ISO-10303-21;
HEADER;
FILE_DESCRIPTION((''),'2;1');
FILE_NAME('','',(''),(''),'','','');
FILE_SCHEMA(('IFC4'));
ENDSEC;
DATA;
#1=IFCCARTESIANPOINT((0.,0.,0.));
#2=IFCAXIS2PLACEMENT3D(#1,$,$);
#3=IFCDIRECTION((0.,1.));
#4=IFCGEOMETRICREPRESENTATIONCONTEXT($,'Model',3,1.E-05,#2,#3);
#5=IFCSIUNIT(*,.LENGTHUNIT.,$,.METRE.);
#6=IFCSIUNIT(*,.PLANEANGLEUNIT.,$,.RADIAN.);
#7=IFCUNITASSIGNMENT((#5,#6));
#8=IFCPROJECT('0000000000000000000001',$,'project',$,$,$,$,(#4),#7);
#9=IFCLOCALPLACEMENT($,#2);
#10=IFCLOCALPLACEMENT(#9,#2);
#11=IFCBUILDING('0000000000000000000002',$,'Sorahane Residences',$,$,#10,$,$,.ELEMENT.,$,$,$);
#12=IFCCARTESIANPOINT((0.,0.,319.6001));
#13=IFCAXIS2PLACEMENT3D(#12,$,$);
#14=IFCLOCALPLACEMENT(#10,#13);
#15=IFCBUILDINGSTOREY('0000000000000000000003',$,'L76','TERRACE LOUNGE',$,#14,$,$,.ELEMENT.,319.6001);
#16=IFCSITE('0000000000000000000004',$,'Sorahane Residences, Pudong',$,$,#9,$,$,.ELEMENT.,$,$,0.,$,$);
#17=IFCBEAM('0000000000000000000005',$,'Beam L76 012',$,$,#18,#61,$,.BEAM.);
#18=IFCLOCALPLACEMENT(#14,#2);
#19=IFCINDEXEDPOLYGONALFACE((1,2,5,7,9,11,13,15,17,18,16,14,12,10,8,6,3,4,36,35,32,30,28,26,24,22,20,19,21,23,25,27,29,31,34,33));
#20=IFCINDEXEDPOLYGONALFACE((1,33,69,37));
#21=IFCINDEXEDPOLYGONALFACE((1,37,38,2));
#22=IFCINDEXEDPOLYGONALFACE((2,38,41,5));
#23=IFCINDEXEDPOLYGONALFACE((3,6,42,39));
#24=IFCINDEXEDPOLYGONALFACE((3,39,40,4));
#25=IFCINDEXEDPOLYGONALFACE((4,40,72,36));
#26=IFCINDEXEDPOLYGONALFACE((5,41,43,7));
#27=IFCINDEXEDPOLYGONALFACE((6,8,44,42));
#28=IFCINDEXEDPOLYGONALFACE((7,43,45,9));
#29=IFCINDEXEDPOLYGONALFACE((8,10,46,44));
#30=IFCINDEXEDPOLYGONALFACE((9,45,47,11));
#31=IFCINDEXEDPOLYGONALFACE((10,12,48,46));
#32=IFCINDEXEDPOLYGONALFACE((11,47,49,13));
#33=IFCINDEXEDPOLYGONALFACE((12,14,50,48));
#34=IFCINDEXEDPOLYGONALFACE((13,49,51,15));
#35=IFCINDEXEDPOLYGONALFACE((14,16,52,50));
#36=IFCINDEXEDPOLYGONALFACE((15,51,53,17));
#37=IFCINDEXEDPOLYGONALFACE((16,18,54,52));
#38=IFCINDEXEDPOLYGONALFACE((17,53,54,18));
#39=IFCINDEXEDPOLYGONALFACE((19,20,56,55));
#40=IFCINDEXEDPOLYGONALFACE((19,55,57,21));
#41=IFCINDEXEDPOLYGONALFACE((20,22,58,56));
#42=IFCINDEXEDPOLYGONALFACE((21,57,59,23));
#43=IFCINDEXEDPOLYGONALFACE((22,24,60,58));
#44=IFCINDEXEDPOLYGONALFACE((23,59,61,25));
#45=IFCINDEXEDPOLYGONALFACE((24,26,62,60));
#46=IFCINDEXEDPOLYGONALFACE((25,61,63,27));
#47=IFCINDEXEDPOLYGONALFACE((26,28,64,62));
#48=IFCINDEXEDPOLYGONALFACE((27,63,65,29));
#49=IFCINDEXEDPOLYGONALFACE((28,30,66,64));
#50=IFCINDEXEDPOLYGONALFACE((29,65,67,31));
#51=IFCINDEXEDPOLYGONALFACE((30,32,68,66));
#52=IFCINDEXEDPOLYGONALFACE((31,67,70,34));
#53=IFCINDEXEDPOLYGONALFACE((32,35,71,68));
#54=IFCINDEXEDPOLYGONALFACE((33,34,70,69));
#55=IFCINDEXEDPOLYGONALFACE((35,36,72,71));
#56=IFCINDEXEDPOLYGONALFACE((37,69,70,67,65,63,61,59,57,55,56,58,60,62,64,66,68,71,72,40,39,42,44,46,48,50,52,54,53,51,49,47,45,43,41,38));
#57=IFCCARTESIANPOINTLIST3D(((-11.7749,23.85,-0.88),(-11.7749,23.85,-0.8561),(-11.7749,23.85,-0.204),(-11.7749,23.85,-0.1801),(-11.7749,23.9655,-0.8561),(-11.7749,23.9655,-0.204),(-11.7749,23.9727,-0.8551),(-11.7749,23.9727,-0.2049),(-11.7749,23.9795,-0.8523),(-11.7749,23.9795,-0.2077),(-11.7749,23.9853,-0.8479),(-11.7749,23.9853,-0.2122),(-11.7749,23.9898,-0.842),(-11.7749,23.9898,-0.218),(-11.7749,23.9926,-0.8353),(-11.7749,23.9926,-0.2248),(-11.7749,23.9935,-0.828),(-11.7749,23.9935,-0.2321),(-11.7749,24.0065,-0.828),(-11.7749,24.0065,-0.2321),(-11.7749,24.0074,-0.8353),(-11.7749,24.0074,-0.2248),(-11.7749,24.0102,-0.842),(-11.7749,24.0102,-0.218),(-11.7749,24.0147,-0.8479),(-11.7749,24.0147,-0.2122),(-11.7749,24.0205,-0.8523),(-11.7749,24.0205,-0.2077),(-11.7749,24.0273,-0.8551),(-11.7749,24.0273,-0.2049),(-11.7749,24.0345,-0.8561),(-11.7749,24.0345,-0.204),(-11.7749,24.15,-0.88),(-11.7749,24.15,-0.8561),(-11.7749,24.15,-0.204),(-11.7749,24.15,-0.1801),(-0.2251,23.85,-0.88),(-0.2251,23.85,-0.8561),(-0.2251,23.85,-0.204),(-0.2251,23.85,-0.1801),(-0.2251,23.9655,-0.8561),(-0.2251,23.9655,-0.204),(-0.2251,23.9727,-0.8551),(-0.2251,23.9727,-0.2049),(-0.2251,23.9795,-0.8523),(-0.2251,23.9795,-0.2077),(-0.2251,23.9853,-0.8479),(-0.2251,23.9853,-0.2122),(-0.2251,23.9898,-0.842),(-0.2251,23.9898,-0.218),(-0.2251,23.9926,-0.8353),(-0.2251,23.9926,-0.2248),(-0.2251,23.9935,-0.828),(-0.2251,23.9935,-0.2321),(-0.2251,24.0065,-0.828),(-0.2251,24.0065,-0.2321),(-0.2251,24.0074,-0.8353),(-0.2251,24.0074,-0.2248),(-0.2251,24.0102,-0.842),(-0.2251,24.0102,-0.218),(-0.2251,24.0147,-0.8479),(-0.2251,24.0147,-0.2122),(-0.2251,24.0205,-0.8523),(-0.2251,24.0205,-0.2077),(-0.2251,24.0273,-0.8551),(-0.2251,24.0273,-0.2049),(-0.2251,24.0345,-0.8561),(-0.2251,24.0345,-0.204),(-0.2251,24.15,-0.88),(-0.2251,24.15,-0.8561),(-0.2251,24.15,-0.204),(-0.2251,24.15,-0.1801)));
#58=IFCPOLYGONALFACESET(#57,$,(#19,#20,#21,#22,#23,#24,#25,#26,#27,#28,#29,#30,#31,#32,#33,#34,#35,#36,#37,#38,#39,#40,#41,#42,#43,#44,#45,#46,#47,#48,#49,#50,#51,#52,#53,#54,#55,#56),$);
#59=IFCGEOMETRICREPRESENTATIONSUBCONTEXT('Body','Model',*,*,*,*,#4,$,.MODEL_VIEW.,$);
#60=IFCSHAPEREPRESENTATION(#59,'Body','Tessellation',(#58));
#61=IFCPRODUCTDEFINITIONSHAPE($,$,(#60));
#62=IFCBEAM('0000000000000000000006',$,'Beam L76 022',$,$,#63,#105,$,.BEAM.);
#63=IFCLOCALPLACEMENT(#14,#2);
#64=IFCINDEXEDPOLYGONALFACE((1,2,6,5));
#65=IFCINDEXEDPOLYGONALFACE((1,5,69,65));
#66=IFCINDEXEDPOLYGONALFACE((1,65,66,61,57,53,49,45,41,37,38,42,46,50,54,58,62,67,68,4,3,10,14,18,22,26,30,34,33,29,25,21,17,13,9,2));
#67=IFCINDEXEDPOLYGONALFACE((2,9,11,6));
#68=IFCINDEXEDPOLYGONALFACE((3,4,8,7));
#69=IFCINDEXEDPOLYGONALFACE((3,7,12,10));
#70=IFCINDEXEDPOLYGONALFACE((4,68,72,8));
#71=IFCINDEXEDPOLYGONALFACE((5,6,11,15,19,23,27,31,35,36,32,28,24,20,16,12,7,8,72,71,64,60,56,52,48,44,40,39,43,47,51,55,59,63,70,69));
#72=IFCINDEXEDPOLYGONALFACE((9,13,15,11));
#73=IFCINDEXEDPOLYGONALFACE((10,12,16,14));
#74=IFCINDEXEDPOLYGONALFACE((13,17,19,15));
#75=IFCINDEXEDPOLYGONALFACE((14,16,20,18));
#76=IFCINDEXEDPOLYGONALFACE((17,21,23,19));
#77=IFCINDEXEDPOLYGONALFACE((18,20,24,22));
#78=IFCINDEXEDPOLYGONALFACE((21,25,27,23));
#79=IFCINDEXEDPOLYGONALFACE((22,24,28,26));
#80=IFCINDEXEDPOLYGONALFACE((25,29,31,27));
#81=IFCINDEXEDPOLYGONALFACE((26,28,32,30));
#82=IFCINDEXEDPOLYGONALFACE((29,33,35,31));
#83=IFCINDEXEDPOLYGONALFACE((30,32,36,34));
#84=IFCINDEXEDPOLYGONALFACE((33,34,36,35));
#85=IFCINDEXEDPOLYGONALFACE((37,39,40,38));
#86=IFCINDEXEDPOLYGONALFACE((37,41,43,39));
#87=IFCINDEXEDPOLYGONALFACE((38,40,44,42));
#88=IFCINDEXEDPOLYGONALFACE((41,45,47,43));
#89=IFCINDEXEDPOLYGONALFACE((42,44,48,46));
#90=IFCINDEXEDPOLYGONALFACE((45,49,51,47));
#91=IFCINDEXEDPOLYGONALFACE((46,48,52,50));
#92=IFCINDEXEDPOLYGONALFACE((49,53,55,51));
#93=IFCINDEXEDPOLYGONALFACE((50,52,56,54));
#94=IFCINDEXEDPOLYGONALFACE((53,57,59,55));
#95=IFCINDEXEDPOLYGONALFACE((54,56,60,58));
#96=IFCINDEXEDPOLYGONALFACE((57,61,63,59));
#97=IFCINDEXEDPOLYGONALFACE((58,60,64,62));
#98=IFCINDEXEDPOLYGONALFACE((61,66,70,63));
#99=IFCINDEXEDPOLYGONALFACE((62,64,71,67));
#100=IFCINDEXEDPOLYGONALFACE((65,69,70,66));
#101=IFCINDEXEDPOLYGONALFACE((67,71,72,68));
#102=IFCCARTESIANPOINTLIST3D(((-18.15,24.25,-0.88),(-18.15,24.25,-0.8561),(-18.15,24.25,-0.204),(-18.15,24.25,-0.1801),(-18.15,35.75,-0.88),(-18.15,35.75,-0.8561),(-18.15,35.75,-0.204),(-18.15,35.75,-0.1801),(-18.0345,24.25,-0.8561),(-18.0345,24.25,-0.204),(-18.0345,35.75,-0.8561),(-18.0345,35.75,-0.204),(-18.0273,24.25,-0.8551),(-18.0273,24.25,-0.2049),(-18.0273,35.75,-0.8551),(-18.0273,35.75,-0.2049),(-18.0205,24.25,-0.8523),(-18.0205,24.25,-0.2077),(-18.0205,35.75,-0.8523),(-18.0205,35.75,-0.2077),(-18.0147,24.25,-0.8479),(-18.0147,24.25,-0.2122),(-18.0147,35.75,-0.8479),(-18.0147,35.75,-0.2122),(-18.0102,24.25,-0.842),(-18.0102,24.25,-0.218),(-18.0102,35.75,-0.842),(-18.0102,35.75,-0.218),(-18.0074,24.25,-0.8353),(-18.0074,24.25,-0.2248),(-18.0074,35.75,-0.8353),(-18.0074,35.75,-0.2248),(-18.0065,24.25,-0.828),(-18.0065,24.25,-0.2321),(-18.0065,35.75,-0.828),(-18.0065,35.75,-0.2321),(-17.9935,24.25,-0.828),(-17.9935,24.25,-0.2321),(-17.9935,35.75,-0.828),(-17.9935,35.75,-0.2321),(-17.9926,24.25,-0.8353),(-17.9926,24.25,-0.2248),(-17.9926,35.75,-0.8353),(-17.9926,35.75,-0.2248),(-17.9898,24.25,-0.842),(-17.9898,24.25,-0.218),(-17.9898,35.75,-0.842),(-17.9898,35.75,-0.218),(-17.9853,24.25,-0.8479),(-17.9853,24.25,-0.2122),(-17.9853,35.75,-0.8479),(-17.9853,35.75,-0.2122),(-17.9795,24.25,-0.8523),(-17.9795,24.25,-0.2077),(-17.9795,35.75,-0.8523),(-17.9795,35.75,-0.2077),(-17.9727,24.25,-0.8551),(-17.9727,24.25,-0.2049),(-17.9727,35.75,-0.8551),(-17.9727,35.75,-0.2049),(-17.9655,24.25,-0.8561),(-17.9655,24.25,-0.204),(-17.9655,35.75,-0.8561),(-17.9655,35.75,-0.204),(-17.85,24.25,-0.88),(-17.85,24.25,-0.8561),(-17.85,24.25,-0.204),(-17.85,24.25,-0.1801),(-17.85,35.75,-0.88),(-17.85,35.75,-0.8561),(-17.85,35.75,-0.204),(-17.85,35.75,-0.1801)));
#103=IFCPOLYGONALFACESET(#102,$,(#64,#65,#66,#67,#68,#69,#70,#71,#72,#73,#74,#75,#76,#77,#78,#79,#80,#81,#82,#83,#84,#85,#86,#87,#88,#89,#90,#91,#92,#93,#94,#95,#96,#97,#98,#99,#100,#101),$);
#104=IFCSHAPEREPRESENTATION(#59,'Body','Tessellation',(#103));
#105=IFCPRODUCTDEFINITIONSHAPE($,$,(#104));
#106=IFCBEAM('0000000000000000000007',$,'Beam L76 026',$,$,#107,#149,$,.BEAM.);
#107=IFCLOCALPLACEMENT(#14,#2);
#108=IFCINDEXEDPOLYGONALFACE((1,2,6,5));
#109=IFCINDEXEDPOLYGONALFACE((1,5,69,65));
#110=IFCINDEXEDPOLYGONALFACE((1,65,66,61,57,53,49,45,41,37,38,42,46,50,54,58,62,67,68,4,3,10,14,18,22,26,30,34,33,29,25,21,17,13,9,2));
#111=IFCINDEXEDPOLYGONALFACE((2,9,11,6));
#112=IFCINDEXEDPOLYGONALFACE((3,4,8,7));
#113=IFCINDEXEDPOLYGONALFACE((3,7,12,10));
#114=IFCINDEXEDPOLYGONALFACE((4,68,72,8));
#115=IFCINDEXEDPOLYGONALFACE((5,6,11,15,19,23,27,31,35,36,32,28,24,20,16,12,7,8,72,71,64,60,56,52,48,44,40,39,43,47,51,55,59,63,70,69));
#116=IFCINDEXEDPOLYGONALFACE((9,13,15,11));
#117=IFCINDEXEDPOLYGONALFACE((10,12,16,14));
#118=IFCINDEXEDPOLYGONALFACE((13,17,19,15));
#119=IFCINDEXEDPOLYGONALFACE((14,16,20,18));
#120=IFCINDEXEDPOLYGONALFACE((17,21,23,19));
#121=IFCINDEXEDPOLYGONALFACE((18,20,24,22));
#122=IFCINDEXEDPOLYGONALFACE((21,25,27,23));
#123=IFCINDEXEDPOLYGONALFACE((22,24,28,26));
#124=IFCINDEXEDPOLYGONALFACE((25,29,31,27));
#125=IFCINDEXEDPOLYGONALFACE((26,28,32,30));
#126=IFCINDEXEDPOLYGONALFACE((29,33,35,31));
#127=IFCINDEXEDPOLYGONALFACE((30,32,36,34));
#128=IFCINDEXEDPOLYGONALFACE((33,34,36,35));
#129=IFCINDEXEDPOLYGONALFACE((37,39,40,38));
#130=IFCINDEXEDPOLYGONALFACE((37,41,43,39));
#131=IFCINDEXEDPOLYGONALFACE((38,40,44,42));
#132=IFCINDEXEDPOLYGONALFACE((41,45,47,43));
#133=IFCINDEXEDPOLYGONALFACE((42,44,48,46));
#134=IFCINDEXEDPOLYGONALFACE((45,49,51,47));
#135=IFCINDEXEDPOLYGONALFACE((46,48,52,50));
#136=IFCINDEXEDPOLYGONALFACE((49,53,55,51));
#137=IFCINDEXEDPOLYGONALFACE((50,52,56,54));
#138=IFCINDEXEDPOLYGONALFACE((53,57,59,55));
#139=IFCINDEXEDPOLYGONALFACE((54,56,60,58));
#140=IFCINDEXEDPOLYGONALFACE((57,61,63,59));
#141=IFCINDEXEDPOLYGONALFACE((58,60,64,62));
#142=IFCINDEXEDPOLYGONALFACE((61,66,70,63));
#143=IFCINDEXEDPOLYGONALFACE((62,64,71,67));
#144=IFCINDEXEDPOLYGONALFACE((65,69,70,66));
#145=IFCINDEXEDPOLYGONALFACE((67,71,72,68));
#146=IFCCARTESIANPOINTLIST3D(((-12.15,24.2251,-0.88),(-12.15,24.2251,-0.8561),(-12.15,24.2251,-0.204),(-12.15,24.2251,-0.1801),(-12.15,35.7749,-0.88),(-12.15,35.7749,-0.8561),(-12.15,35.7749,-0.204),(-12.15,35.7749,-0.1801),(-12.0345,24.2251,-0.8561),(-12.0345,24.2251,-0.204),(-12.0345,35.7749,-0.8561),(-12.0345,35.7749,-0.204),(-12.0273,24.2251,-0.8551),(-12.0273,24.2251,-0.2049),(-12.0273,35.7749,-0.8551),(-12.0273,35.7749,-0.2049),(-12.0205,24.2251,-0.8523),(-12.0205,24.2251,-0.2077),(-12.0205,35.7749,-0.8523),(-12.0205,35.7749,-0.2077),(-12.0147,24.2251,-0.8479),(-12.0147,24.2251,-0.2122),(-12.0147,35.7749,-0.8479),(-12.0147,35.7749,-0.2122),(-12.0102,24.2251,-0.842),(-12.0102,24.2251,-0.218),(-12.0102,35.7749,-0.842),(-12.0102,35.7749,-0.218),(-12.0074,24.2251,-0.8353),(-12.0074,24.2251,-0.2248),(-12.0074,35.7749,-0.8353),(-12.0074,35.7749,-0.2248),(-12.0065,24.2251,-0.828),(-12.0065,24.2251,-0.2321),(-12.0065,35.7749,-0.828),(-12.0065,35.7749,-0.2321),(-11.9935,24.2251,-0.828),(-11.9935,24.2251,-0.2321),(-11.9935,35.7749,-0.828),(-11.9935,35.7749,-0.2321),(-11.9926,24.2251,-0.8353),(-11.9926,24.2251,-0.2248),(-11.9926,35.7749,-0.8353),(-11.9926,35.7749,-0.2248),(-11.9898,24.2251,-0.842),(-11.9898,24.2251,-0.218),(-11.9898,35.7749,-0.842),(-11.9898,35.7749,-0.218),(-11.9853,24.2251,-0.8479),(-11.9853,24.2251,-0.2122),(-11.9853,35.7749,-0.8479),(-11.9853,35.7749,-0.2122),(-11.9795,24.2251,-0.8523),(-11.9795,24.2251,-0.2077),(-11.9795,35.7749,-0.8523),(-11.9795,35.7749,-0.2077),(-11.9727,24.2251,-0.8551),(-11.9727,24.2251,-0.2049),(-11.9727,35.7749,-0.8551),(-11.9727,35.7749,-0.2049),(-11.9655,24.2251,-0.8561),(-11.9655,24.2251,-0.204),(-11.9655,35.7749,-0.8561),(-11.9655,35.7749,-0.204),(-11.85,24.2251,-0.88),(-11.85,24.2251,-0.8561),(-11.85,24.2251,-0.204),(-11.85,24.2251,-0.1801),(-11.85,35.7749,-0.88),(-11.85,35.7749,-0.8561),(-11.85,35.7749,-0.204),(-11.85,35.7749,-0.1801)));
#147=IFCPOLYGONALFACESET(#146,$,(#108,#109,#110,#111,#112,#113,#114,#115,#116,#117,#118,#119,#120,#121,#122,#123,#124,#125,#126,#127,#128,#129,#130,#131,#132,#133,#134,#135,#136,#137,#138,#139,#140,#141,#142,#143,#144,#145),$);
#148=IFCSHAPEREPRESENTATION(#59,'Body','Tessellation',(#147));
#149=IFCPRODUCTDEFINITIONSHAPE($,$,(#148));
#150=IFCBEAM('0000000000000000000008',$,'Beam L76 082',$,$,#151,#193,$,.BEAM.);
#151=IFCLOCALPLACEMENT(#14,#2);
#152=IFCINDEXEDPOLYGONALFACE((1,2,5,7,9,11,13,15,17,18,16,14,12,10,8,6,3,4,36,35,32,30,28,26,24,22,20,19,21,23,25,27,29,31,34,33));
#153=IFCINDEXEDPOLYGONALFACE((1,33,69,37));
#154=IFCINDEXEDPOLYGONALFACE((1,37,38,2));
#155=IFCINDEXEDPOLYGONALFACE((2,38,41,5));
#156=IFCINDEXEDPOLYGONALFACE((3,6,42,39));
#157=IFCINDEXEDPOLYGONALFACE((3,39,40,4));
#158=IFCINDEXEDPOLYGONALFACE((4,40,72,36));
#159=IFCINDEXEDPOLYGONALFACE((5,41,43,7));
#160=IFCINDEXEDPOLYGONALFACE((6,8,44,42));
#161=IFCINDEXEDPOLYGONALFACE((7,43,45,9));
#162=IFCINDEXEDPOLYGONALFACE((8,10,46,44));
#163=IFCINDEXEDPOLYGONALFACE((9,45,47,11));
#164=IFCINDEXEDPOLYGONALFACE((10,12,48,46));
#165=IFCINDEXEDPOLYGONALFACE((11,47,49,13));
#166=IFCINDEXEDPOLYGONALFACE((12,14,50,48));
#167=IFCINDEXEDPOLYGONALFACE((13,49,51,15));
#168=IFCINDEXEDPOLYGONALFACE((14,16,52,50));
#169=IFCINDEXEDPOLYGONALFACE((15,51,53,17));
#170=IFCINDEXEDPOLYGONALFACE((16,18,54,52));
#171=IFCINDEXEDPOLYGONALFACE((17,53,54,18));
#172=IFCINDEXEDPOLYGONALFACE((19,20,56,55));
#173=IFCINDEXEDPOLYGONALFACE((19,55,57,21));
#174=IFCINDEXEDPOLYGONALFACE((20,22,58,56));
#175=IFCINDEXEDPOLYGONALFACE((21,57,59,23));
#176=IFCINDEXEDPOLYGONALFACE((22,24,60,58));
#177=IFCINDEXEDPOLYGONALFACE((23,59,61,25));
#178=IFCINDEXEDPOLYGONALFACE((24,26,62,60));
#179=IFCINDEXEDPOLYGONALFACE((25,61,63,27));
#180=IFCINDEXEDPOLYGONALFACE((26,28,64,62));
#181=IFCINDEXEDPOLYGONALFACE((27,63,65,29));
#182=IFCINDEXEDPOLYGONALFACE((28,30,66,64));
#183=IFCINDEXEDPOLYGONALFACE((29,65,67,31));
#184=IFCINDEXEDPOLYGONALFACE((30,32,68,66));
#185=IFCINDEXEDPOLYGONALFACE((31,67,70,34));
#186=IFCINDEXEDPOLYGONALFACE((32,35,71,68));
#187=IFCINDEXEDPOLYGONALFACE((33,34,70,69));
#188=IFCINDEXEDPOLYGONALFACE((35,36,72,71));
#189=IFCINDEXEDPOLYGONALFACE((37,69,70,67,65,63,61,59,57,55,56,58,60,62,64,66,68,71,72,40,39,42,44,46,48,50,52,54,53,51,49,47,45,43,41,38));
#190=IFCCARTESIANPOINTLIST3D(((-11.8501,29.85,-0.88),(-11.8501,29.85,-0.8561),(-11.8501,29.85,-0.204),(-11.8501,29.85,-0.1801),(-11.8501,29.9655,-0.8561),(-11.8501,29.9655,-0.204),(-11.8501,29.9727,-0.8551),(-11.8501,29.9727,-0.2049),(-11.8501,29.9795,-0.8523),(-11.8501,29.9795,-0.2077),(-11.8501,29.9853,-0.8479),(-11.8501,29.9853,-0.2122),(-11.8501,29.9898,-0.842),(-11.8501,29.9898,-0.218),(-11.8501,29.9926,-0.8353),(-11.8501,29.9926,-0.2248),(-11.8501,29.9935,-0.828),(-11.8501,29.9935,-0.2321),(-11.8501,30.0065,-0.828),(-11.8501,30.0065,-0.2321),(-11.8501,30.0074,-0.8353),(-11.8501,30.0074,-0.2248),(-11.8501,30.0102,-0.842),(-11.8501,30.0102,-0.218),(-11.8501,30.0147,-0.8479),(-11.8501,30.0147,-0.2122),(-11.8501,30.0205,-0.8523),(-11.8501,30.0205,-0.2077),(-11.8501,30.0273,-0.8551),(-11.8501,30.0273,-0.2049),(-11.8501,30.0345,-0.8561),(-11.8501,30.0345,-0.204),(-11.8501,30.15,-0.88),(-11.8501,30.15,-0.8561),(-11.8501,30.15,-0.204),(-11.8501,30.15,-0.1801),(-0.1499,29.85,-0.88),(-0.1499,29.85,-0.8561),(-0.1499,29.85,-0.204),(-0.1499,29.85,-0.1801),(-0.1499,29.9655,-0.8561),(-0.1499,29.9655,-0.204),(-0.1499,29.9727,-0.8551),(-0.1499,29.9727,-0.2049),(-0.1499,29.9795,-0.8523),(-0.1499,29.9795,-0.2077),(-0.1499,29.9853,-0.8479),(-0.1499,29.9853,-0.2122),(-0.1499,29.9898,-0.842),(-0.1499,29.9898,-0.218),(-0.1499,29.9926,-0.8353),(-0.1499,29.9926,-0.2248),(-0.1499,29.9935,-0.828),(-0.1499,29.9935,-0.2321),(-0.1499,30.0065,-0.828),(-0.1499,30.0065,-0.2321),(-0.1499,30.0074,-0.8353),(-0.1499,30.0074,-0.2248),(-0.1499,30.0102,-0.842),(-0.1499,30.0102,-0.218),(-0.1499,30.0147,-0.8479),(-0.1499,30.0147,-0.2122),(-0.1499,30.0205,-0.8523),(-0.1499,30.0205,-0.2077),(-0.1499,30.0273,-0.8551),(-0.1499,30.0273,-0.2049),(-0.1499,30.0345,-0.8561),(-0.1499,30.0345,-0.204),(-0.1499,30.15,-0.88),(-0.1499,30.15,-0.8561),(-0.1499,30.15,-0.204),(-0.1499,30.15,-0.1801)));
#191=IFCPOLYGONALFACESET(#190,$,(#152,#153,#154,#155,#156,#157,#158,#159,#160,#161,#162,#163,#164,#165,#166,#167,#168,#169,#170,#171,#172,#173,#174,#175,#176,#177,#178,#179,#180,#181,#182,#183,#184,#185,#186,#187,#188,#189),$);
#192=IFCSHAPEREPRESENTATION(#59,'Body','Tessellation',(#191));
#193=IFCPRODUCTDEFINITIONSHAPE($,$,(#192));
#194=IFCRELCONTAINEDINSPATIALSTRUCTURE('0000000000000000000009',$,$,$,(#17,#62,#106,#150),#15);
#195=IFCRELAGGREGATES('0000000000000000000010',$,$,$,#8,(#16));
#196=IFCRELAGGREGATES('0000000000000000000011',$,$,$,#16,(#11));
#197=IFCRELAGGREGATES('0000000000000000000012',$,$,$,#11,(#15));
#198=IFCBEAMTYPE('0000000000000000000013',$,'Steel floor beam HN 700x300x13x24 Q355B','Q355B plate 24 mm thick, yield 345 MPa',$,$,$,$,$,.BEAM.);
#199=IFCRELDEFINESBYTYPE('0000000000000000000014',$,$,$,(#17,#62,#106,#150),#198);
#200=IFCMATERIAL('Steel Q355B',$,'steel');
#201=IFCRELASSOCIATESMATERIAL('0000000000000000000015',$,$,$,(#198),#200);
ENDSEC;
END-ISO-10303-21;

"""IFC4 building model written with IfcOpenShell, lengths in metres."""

from ifc_helpers import new_model, si_unit, direction, frame, origin, origin_2d, place, context, subcontext, project, spatial, i_section, extrude, material, material_profile, profile_set, type_object, element, save


model = new_model("IFC4")

# Units and contexts
model_context = context("Model", 3, precision=1e-05, world=origin(), true_north=direction((0.0, 1.0)))
body_context = subcontext(model_context, "Body", "Model", "MODEL_VIEW")
ifc_project = project(units=[si_unit("LENGTHUNIT", "METRE"), si_unit("PLANEANGLEUNIT", "RADIAN")], contexts=[model_context])

# Site, building, storey
site_placement = place(None, origin())
site = spatial("IfcSite", under=ifc_project, at=site_placement, Name="Sorahane Residences, Pudong", CompositionType="ELEMENT", RefElevation=0.0)
building_placement = place(site_placement, origin())
building = spatial("IfcBuilding", under=site, at=building_placement, Name="Sorahane Residences", CompositionType="ELEMENT")
storey_placement = place(building_placement, frame((0.0, 0.0, 319.6001)))
storey = spatial("IfcBuildingStorey", under=building, at=storey_placement, Name="L76", Description="TERRACE LOUNGE", CompositionType="ELEMENT", Elevation=319.6001)

# Beams
ifc_material_1 = material(Name="Steel Q355B", Category="steel")
ifc_material_profile_1 = material_profile(ifc_material_1, i_section(OverallWidth=0.3, OverallDepth=0.7, WebThickness=0.0129, FlangeThickness=0.0239, FilletRadius=0.0281, at=origin_2d()), Name="HN 700x300x13x24")
ifc_profile_set_1 = profile_set([ifc_material_profile_1], Name="Steel Q355B")
beam_type_1 = type_object("IfcBeamType", Name="Steel floor beam HN 700x300x13x24 Q355B", Description="Q355B plate 24 mm thick, yield 345 MPa", PredefinedType="BEAM", material=ifc_profile_set_1)
beam_1_placement = place(storey_placement, frame((-11.7749, 24.0, -0.53), z_axis=(1.0, 0.0, 0.0), x_axis=(0.0, 1.0, 0.0)))
element("IfcBeam", 1, at=beam_1_placement, inside=storey, type_object=beam_type_1, Name="Beam L76 012", PredefinedType="BEAM", context=body_context, shape_type="SweptSolid", body=[
    extrude(i_section(OverallWidth=0.3, OverallDepth=0.7, WebThickness=0.0129, FlangeThickness=0.0239, FilletRadius=0.0281, at=origin_2d()), origin(), (0.0, 0.0, 1.0), 11.5498),
])
beam_2_placement = place(storey_placement, frame((-18.0, 24.25, -0.53), z_axis=(0.0, 1.0, 0.0), x_axis=(-1.0, 0.0, 0.0)))
element("IfcBeam", 2, at=beam_2_placement, inside=storey, type_object=beam_type_1, Name="Beam L76 022", PredefinedType="BEAM", context=body_context, shape_type="SweptSolid", body=[
    extrude(i_section(OverallWidth=0.3, OverallDepth=0.7, WebThickness=0.0129, FlangeThickness=0.0239, FilletRadius=0.0281, at=origin_2d()), origin(), (0.0, 0.0, 1.0), 11.5),
])
beam_3_placement = place(storey_placement, frame((-12.0, 24.2251, -0.53), z_axis=(0.0, 1.0, 0.0), x_axis=(-1.0, 0.0, 0.0)))
element("IfcBeam", 3, at=beam_3_placement, inside=storey, type_object=beam_type_1, Name="Beam L76 026", PredefinedType="BEAM", context=body_context, shape_type="SweptSolid", body=[
    extrude(i_section(OverallWidth=0.3, OverallDepth=0.7, WebThickness=0.0129, FlangeThickness=0.0239, FilletRadius=0.0281, at=origin_2d()), origin(), (0.0, 0.0, 1.0), 11.5498),
])
beam_4_placement = place(storey_placement, frame((-11.8501, 30.0, -0.53), z_axis=(1.0, 0.0, 0.0), x_axis=(0.0, 1.0, 0.0)))
element("IfcBeam", 4, at=beam_4_placement, inside=storey, type_object=beam_type_1, Name="Beam L76 082", PredefinedType="BEAM", context=body_context, shape_type="SweptSolid", body=[
    extrude(i_section(OverallWidth=0.3, OverallDepth=0.7, WebThickness=0.0129, FlangeThickness=0.0239, FilletRadius=0.0281, at=origin_2d()), origin(), (0.0, 0.0, 1.0), 11.7002),
])

save(model, "model.ifc")
